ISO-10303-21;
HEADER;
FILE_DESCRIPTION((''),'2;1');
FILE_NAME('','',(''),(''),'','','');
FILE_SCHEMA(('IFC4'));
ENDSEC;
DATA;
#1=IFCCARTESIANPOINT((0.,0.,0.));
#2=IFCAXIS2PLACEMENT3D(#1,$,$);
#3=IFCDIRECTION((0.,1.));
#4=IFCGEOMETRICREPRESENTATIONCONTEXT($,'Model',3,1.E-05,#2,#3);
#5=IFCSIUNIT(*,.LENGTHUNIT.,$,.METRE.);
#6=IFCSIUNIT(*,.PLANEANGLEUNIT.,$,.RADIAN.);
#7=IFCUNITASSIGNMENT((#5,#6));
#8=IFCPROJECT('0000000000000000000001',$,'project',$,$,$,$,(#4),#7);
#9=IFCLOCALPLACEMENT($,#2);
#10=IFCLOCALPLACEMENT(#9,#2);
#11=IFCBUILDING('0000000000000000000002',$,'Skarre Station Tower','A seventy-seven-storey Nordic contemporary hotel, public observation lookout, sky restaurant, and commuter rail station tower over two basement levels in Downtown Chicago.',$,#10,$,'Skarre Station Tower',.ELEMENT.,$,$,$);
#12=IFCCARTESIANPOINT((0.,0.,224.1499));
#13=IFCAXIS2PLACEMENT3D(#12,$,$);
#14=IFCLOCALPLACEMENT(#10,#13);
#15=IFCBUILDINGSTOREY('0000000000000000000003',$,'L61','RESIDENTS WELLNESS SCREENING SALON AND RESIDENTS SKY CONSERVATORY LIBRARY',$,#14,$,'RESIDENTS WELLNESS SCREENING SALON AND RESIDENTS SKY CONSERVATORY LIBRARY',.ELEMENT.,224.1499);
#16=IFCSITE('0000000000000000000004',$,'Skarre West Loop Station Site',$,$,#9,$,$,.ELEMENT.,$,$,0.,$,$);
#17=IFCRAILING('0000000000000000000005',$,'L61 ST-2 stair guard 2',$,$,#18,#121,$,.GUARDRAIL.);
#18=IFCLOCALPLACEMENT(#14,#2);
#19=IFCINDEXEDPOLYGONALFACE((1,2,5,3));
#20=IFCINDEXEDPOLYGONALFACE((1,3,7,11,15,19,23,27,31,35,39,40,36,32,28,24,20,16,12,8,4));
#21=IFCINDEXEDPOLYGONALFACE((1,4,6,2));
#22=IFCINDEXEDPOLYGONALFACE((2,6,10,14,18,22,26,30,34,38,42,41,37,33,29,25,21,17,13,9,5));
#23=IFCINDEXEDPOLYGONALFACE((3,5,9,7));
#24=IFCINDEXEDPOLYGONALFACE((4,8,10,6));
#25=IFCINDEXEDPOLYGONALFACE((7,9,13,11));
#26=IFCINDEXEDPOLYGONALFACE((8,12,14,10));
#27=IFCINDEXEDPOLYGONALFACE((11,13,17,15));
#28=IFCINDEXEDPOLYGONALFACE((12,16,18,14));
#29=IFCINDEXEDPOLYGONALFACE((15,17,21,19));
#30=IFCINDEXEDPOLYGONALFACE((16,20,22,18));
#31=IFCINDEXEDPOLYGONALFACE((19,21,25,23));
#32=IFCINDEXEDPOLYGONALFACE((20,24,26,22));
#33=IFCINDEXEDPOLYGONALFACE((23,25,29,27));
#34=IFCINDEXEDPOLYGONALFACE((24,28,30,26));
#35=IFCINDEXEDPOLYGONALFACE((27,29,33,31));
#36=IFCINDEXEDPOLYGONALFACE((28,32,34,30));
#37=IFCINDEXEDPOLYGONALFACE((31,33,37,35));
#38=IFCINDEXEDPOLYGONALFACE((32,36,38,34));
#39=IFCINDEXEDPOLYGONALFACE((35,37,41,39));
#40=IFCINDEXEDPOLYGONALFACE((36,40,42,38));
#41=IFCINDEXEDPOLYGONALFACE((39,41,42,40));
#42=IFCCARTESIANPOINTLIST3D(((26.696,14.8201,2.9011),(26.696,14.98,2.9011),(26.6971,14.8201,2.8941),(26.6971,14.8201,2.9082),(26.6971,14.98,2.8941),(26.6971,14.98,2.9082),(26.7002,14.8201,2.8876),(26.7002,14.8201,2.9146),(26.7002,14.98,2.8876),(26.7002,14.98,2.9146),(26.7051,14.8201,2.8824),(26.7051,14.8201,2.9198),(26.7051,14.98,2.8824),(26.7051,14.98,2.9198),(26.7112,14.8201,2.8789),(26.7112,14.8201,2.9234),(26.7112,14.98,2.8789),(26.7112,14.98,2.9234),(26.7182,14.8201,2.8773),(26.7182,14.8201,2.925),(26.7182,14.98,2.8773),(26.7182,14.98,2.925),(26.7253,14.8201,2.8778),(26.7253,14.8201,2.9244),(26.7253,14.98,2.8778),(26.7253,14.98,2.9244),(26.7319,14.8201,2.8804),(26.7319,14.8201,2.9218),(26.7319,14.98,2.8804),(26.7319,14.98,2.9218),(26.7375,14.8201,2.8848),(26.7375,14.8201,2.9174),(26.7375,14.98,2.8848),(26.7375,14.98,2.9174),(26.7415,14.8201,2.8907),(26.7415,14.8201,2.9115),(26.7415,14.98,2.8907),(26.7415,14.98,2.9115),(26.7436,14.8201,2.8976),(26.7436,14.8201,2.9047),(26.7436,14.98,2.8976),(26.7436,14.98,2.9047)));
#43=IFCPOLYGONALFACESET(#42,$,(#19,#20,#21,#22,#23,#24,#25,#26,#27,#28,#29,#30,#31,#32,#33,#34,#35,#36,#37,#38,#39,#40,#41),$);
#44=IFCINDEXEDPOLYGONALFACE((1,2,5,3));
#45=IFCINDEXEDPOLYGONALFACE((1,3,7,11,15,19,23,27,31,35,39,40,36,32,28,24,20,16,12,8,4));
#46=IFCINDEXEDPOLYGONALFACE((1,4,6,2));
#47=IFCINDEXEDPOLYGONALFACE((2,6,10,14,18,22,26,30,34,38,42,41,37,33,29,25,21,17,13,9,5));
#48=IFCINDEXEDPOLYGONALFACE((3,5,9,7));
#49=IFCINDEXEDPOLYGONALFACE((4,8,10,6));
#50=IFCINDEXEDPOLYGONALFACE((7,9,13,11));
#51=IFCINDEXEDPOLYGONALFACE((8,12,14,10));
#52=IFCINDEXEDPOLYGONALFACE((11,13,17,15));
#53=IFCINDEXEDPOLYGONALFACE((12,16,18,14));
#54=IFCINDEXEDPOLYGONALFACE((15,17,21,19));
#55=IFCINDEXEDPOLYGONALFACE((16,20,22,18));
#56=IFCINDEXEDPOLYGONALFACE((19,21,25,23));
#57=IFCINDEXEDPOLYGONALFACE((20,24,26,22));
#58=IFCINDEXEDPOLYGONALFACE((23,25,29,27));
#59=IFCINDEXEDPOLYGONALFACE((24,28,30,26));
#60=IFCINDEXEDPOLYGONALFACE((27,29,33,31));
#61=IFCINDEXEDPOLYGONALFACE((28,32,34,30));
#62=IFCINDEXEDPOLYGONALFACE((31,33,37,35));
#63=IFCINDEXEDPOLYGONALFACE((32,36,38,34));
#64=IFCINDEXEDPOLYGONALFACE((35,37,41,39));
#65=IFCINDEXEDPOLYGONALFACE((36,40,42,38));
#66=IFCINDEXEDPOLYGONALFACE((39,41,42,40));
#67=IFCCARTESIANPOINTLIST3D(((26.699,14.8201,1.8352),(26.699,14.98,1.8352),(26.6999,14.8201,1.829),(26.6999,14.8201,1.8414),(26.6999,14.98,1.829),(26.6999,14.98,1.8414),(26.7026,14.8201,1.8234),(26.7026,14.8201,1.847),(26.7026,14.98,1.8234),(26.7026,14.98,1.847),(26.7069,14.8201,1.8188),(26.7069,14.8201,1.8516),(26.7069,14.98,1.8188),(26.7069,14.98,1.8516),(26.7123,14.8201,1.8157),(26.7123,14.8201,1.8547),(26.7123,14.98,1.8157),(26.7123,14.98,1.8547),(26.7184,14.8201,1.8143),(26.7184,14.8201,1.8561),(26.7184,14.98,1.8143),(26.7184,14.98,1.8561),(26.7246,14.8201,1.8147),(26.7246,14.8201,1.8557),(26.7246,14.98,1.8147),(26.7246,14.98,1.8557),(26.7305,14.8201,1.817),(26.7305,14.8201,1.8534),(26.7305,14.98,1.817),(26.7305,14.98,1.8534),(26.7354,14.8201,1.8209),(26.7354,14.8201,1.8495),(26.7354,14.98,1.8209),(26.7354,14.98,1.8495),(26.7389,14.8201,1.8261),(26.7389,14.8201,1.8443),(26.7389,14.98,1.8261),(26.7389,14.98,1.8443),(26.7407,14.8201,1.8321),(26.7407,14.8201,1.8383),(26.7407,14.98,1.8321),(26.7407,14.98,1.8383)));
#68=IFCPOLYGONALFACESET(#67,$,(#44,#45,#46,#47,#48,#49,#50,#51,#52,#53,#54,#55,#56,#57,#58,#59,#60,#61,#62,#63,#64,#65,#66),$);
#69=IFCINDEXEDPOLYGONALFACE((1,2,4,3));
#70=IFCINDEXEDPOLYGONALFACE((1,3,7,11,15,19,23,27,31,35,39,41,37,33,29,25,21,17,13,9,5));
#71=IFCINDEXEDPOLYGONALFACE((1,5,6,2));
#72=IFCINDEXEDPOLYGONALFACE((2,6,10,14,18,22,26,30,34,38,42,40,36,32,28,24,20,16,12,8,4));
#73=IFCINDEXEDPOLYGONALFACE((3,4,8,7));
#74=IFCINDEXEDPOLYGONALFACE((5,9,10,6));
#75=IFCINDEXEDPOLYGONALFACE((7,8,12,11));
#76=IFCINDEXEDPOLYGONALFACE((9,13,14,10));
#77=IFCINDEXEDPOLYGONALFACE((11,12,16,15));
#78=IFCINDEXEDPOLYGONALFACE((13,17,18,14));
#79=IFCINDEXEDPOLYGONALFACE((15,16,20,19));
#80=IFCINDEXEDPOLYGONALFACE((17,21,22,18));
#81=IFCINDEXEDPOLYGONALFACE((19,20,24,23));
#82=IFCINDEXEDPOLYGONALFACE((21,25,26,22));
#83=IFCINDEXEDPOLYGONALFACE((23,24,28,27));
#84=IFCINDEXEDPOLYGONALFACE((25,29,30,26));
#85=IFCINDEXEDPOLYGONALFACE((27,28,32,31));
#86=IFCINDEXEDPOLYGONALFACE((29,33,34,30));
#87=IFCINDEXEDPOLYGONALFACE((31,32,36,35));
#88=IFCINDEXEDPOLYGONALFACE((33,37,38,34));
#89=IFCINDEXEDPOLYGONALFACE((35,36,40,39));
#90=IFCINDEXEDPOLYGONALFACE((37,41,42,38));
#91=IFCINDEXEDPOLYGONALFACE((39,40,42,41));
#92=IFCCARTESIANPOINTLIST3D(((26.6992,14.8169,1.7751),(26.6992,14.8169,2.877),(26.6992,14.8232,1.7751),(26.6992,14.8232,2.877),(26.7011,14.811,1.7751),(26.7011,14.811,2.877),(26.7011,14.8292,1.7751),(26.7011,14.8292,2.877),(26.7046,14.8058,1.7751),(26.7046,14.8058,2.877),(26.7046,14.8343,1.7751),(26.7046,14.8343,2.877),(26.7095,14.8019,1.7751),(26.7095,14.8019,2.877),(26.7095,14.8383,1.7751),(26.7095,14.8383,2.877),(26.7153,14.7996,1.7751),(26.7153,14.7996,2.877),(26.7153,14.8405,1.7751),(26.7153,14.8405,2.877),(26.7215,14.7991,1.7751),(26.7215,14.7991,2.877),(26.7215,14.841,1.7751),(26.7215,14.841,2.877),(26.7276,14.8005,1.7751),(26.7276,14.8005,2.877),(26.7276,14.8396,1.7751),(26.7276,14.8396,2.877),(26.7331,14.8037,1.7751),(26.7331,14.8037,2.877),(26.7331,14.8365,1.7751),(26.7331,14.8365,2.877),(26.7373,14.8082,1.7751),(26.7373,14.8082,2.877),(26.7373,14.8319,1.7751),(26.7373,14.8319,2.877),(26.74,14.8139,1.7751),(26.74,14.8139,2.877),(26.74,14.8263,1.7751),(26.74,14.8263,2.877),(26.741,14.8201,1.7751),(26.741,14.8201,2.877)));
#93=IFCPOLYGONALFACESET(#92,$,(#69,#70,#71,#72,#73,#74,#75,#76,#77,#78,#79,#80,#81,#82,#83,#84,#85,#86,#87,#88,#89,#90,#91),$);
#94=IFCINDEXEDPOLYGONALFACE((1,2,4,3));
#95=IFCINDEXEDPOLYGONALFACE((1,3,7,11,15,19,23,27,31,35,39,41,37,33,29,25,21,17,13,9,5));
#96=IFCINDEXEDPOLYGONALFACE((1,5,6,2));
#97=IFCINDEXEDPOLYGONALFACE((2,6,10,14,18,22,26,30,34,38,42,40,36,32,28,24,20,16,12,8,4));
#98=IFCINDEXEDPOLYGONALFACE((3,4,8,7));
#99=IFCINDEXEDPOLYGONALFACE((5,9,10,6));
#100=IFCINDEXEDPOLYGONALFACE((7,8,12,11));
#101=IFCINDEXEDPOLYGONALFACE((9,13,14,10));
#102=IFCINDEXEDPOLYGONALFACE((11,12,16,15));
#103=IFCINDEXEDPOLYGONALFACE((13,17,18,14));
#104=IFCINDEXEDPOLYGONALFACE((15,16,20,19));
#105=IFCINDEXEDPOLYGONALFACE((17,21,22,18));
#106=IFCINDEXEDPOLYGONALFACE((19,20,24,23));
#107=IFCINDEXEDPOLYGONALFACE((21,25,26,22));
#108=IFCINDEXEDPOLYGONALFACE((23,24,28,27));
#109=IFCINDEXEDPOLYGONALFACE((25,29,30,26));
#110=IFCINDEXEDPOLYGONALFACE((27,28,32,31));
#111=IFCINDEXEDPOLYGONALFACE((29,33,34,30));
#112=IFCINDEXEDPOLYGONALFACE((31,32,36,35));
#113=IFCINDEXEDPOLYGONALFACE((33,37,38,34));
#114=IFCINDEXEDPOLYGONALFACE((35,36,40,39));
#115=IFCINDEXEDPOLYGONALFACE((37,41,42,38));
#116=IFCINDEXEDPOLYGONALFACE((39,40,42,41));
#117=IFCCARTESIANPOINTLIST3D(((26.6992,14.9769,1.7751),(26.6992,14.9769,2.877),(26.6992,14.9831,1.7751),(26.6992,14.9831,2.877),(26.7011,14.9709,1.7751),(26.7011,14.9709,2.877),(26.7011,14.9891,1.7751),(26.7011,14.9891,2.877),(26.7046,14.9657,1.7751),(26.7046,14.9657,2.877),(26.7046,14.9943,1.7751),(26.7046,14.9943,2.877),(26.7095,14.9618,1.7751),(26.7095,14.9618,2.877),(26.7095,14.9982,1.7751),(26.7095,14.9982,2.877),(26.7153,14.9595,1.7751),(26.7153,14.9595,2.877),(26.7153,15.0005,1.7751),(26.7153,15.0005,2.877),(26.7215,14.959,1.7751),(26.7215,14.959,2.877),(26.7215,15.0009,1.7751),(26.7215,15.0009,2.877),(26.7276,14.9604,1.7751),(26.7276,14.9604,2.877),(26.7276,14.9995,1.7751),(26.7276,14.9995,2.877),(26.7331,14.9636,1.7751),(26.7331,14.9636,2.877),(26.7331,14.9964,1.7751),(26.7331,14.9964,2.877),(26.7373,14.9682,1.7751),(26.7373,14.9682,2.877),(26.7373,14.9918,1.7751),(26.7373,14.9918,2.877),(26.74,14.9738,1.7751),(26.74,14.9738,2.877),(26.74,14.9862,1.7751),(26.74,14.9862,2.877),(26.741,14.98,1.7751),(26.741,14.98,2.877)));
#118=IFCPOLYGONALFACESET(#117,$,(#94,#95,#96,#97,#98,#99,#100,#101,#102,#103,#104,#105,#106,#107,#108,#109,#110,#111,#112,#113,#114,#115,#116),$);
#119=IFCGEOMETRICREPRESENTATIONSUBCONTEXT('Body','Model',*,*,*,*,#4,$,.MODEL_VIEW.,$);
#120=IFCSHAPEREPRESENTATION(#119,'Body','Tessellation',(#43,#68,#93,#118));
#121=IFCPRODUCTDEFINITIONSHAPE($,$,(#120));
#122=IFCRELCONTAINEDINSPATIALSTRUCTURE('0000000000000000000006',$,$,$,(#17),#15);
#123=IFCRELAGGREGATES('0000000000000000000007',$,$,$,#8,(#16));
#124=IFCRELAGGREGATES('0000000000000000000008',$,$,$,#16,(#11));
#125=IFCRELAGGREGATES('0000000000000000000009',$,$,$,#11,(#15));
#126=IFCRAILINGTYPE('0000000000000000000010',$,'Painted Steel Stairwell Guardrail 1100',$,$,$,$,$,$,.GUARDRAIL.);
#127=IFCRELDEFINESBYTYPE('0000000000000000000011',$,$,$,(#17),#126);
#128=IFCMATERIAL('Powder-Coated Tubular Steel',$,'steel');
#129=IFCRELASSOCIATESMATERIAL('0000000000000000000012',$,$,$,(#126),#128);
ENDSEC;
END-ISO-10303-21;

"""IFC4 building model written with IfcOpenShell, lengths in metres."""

from ifc_helpers import new_model, si_unit, direction, frame, origin, origin_2d, place, context, subcontext, project, spatial, circle, extrude, material, type_object, element, save


model = new_model("IFC4")

# Units and contexts
model_context = context("Model", 3, precision=1e-05, world=origin(), true_north=direction((0.0, 1.0)))
body_context = subcontext(model_context, "Body", "Model", "MODEL_VIEW")
ifc_project = project(units=[si_unit("LENGTHUNIT", "METRE"), si_unit("PLANEANGLEUNIT", "RADIAN")], contexts=[model_context])

# Site, building, storey
site_placement = place(None, origin())
site = spatial("IfcSite", under=ifc_project, at=site_placement, Name="Skarre West Loop Station Site", CompositionType="ELEMENT", RefElevation=0.0)
building_placement = place(site_placement, origin())
building = spatial("IfcBuilding", under=site, at=building_placement, Name="Skarre Station Tower", Description="A seventy-seven-storey Nordic contemporary hotel, public observation lookout, sky restaurant, and commuter rail station tower over two basement levels in Downtown Chicago.", LongName="Skarre Station Tower", CompositionType="ELEMENT")
storey_placement = place(building_placement, frame((0.0, 0.0, 224.1499)))
storey = spatial("IfcBuildingStorey", under=building, at=storey_placement, Name="L61", Description="RESIDENTS WELLNESS SCREENING SALON AND RESIDENTS SKY CONSERVATORY LIBRARY", LongName="RESIDENTS WELLNESS SCREENING SALON AND RESIDENTS SKY CONSERVATORY LIBRARY", CompositionType="ELEMENT", Elevation=224.1499)

# Railing
ifc_material_1 = material(Name="Powder-Coated Tubular Steel", Category="steel")
railing_type_1 = type_object("IfcRailingType", Name="Painted Steel Stairwell Guardrail 1100", PredefinedType="GUARDRAIL", material=ifc_material_1)
railing_1_placement = place(storey_placement, frame((26.72, 14.8201, 1.7751)))
element("IfcRailing", 1, at=railing_1_placement, inside=storey, type_object=railing_type_1, Name="L61 ST-2 stair guard 2", PredefinedType="GUARDRAIL", context=body_context, shape_type="SweptSolid", body=[
    extrude(circle(Radius=0.0239, at=origin_2d()), frame((0.0, 0.0, 1.126), z_axis=(0.0, 1.0, 0.0), x_axis=(-1.0, 0.0, 0.0)), (0.0, 0.0, 1.0), 0.1599),
    extrude(circle(Radius=0.021, at=origin_2d()), frame((0.0, 0.0, 0.0601), z_axis=(0.0, 1.0, 0.0), x_axis=(-1.0, 0.0, 0.0)), (0.0, 0.0, 1.0), 0.1599),
    extrude(circle(Radius=0.021, at=origin_2d()), origin(), (0.0, 0.0, 1.0), 1.1018),
    extrude(circle(Radius=0.021, at=origin_2d()), frame((0.0, 0.1599, 0.0)), (0.0, 0.0, 1.0), 1.1018),
])

save(model, "model.ifc")
